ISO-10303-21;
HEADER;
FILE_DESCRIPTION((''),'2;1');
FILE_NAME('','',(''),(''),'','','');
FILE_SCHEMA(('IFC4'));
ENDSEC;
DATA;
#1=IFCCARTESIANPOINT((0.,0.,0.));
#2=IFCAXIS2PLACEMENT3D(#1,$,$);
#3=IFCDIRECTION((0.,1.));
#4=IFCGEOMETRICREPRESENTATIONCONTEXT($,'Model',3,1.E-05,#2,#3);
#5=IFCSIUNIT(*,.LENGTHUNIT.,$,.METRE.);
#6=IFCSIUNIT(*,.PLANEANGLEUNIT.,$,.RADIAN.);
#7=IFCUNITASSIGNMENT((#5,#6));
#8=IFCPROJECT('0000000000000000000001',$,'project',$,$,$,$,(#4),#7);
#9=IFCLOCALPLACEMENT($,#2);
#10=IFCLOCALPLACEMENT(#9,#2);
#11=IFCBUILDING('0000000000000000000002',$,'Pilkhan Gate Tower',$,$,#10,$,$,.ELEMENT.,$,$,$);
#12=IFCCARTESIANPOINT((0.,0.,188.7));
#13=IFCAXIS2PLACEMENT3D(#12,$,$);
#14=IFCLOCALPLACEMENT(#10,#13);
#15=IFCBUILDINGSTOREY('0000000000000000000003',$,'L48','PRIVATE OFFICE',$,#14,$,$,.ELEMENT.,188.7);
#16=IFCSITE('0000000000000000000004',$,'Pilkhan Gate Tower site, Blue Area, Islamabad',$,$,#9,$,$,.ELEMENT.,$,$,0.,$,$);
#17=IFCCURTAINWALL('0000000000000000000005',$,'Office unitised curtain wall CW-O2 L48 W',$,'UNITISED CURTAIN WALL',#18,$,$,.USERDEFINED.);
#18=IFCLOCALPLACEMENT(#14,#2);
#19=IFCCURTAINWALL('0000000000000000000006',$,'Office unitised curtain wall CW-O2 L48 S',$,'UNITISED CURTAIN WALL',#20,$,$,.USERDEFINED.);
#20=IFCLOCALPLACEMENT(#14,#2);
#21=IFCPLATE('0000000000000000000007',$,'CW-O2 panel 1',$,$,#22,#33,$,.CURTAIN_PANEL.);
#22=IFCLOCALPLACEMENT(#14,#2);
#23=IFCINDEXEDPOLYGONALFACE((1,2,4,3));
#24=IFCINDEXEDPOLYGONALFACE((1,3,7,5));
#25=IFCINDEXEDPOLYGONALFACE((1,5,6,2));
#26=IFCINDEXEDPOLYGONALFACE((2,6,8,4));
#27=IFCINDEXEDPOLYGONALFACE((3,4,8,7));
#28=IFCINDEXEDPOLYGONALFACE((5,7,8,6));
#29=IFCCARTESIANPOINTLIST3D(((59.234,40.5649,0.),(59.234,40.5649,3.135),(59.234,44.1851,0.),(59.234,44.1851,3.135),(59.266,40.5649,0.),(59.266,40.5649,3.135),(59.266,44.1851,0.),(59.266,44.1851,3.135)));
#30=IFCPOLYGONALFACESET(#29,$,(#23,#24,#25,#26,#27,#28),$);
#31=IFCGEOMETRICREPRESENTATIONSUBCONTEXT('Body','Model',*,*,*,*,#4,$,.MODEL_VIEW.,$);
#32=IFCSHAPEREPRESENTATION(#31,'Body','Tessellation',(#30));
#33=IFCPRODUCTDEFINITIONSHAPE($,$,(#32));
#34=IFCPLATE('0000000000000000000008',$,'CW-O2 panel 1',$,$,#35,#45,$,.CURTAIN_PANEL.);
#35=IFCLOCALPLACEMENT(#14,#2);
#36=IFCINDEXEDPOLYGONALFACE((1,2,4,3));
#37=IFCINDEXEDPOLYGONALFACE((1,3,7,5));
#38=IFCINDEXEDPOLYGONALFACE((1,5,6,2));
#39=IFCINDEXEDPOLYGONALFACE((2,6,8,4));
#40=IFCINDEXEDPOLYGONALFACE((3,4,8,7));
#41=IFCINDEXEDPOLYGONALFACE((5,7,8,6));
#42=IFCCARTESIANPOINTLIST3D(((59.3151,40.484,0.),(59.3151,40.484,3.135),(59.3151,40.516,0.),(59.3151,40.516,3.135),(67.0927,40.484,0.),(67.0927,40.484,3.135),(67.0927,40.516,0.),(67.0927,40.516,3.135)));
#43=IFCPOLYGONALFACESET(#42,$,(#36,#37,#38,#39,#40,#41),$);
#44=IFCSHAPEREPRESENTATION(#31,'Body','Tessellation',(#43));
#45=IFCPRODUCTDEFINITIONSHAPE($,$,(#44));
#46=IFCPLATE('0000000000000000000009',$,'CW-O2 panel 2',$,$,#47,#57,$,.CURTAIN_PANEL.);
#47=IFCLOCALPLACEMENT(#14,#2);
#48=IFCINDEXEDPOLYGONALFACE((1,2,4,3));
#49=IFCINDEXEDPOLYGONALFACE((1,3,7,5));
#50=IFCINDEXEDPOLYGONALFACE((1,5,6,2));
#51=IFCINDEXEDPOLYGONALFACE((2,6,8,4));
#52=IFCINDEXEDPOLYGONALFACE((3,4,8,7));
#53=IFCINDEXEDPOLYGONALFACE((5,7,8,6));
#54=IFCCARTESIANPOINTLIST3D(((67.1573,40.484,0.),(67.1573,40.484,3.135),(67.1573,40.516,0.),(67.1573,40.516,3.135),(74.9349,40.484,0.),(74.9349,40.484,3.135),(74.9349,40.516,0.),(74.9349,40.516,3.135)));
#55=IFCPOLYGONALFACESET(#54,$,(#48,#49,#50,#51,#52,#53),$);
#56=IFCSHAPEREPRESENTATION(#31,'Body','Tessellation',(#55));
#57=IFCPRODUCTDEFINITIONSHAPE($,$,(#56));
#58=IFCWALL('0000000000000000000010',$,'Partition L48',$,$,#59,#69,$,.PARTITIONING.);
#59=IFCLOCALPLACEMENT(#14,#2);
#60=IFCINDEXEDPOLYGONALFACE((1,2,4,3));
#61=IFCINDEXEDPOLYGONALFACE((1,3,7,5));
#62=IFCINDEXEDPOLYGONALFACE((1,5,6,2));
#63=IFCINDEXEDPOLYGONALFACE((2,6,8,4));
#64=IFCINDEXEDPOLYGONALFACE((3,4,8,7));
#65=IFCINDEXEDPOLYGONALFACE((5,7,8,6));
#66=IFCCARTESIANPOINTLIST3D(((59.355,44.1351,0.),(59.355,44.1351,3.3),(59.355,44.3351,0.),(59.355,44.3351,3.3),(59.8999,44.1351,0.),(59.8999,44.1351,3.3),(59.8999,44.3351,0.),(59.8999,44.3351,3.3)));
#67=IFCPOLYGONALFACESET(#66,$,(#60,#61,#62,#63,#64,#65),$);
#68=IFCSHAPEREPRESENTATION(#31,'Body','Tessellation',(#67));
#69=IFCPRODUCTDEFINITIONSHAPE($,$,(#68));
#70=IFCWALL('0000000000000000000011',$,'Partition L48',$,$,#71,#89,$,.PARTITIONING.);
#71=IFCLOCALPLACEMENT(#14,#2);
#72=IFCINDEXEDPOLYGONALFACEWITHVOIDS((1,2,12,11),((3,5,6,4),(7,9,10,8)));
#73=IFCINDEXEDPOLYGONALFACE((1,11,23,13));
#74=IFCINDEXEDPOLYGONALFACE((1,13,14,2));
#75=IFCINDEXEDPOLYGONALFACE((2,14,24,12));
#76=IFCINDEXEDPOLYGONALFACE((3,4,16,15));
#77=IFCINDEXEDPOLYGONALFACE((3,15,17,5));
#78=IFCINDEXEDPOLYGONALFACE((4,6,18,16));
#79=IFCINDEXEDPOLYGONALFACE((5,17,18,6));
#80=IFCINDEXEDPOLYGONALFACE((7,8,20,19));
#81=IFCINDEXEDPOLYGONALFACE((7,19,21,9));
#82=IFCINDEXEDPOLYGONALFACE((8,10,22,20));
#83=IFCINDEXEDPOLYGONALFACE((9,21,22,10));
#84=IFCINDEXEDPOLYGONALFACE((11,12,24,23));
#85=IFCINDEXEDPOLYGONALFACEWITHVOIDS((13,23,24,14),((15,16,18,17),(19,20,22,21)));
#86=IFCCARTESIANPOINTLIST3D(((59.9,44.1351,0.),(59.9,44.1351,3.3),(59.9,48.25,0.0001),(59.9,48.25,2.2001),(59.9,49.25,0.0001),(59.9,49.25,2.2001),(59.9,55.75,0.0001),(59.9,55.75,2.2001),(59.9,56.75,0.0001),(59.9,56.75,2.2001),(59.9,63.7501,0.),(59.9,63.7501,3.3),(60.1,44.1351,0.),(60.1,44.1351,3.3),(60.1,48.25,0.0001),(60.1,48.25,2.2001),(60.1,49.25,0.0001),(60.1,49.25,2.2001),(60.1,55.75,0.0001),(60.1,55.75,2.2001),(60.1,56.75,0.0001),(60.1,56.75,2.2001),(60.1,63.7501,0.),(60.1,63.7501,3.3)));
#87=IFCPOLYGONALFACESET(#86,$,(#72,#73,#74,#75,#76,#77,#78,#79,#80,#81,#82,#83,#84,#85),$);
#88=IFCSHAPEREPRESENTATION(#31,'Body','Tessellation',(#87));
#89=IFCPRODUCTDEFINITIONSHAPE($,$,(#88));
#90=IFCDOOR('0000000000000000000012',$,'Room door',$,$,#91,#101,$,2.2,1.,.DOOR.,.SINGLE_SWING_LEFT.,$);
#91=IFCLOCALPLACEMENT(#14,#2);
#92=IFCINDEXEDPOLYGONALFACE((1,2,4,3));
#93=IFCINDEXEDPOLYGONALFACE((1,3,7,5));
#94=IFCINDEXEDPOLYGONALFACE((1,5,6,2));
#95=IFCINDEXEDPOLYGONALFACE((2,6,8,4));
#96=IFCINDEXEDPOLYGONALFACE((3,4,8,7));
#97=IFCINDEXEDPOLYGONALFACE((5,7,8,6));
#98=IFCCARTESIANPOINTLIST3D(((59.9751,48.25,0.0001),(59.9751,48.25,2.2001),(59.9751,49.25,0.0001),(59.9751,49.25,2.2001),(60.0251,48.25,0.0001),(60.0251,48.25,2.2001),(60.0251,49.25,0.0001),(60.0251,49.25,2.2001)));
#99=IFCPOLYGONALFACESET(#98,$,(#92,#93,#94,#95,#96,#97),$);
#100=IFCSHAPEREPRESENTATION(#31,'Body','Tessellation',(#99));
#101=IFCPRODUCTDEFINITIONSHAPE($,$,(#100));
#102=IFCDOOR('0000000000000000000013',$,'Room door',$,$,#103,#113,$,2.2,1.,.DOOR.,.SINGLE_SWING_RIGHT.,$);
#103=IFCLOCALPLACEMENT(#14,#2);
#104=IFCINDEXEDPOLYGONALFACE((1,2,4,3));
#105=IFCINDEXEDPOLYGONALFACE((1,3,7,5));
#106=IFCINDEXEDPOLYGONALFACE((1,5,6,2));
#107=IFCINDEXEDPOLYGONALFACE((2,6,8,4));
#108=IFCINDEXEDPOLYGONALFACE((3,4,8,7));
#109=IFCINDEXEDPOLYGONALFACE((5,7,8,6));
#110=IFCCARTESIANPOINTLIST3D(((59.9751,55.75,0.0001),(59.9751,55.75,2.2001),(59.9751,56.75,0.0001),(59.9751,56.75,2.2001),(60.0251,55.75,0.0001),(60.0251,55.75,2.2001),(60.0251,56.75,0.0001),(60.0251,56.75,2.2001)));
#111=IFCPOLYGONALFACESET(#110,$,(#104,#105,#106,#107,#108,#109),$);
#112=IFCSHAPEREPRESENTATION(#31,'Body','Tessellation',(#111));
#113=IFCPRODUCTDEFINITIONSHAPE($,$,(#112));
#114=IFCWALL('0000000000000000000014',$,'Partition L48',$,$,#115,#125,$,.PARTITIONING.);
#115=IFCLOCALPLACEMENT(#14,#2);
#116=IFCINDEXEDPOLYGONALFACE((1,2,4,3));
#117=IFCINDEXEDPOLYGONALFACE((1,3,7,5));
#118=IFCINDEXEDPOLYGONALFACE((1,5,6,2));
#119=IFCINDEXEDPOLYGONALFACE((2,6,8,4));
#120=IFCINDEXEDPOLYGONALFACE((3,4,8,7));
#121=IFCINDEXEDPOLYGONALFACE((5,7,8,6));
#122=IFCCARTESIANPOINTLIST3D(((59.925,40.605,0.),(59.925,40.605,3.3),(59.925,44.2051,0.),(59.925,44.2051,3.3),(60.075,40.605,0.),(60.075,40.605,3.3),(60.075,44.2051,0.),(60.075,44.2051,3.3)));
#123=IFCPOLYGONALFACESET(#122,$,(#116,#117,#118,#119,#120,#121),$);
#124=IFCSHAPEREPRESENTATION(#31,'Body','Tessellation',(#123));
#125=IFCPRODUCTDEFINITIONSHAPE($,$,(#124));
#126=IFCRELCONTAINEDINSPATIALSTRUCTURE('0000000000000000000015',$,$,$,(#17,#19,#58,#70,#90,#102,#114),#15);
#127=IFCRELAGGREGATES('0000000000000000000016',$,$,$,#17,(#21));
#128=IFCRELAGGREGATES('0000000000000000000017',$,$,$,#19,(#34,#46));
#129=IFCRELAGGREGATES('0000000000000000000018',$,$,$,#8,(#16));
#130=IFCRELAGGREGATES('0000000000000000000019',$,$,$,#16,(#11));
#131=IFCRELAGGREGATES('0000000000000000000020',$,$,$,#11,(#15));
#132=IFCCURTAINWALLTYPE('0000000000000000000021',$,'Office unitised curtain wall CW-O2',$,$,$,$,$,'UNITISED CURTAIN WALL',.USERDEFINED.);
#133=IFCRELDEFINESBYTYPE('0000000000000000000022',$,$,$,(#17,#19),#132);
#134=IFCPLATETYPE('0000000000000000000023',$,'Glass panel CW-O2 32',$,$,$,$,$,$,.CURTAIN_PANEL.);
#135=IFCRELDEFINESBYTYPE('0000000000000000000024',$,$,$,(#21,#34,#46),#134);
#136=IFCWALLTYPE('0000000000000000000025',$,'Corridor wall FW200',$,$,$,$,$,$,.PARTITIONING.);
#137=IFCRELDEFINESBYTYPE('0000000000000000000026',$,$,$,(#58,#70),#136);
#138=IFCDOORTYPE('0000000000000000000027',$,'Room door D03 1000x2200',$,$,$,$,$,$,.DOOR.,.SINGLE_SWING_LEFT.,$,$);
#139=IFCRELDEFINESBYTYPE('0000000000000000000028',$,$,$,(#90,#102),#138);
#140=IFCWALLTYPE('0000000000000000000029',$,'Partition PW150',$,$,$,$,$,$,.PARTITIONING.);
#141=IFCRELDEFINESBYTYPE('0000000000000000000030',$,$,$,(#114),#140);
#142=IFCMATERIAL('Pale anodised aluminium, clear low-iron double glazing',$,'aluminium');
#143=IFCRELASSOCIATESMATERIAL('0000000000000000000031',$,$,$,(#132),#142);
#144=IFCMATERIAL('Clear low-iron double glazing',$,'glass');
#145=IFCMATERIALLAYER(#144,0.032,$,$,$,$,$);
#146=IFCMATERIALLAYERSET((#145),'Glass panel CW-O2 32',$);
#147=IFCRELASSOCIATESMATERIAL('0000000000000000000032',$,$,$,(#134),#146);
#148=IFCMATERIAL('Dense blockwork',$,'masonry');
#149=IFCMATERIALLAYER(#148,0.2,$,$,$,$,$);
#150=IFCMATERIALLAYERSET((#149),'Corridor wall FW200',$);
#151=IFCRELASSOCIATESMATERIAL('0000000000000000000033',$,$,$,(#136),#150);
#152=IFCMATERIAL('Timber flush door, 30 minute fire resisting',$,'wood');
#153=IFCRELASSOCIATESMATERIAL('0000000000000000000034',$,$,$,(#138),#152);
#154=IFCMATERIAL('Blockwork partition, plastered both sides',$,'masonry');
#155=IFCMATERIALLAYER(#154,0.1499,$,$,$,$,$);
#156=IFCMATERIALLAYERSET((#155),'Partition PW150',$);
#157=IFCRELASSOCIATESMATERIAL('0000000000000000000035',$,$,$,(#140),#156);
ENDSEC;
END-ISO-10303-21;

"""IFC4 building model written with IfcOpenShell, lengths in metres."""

from ifc_helpers import new_model, si_unit, direction, frame, frame_2d, origin, origin_2d, place, context, subcontext, project, spatial, rectangle, extrude, material, layer, layer_set, type_object, element, fill, aggregate, save


model = new_model("IFC4")

# Units and contexts
model_context = context("Model", 3, precision=1e-05, world=origin(), true_north=direction((0.0, 1.0)))
body_context = subcontext(model_context, "Body", "Model", "MODEL_VIEW")
ifc_project = project(units=[si_unit("LENGTHUNIT", "METRE"), si_unit("PLANEANGLEUNIT", "RADIAN")], contexts=[model_context])

# Site, building, storey
site_placement = place(None, origin())
site = spatial("IfcSite", under=ifc_project, at=site_placement, Name="Pilkhan Gate Tower site, Blue Area, Islamabad", CompositionType="ELEMENT", RefElevation=0.0)
building_placement = place(site_placement, origin())
building = spatial("IfcBuilding", under=site, at=building_placement, Name="Pilkhan Gate Tower", CompositionType="ELEMENT")
storey_placement = place(building_placement, frame((0.0, 0.0, 188.7)))
storey = spatial("IfcBuildingStorey", under=building, at=storey_placement, Name="L48", Description="PRIVATE OFFICE", CompositionType="ELEMENT", Elevation=188.7)

# Curtain walls
ifc_material_1 = material(Name="Pale anodised aluminium, clear low-iron double glazing", Category="aluminium")
curtain_wall_type = type_object("IfcCurtainWallType", Name="Office unitised curtain wall CW-O2", ElementType="UNITISED CURTAIN WALL", PredefinedType="USERDEFINED", material=ifc_material_1)
curtain_wall_1_placement = place(storey_placement, origin())
curtain_wall_1 = element("IfcCurtainWall", 1, at=curtain_wall_1_placement, inside=storey, type_object=curtain_wall_type, Name="Office unitised curtain wall CW-O2 L48 W", ObjectType="UNITISED CURTAIN WALL", PredefinedType="USERDEFINED")
curtain_wall_2_placement = place(storey_placement, origin())
curtain_wall_2 = element("IfcCurtainWall", 2, at=curtain_wall_2_placement, inside=storey, type_object=curtain_wall_type, Name="Office unitised curtain wall CW-O2 L48 S", ObjectType="UNITISED CURTAIN WALL", PredefinedType="USERDEFINED")

# Plates
ifc_material_2 = material(Name="Clear low-iron double glazing", Category="glass")
ifc_layer_1 = layer(ifc_material_2, 0.032)
ifc_layer_set_1 = layer_set([ifc_layer_1], Name="Glass panel CW-O2 32")
plate_type = type_object("IfcPlateType", Name="Glass panel CW-O2 32", PredefinedType="CURTAIN_PANEL", material=ifc_layer_set_1)
plate_1_placement = place(storey_placement, frame((59.25, 42.375, 0.0), z_axis=(0.0, 0.0, 1.0), x_axis=(0.0, 1.0, 0.0)))
plate_1 = element("IfcPlate", 3, at=plate_1_placement, type_object=plate_type, Name="CW-O2 panel 1", PredefinedType="CURTAIN_PANEL", context=body_context, shape_type="SweptSolid", body=[
    extrude(rectangle(XDim=3.6201, YDim=0.032, at=origin_2d()), origin(), (0.0, 0.0, 1.0), 3.135),
])
aggregate(curtain_wall_1, [plate_1])
plate_2_placement = place(storey_placement, frame((63.2039, 40.5, 0.0), z_axis=(0.0, 0.0, 1.0), x_axis=(1.0, 0.0, 0.0)))
plate_2 = element("IfcPlate", 4, at=plate_2_placement, type_object=plate_type, Name="CW-O2 panel 1", PredefinedType="CURTAIN_PANEL", context=body_context, shape_type="SweptSolid", body=[
    extrude(rectangle(XDim=7.7776, YDim=0.032, at=origin_2d()), origin(), (0.0, 0.0, 1.0), 3.135),
])
plate_3_placement = place(storey_placement, frame((71.0461, 40.5, 0.0), z_axis=(0.0, 0.0, 1.0), x_axis=(1.0, 0.0, 0.0)))
plate_3 = element("IfcPlate", 5, at=plate_3_placement, type_object=plate_type, Name="CW-O2 panel 2", PredefinedType="CURTAIN_PANEL", context=body_context, shape_type="SweptSolid", body=[
    extrude(rectangle(XDim=7.7776, YDim=0.032, at=origin_2d()), origin(), (0.0, 0.0, 1.0), 3.135),
])
aggregate(curtain_wall_2, [plate_2, plate_3])

# Wall
ifc_material_3 = material(Name="Dense blockwork", Category="masonry")
ifc_layer_2 = layer(ifc_material_3, 0.2)
ifc_layer_set_2 = layer_set([ifc_layer_2], Name="Corridor wall FW200")
wall_type_1 = type_object("IfcWallType", Name="Corridor wall FW200", PredefinedType="PARTITIONING", material=ifc_layer_set_2)
wall_1_placement = place(storey_placement, frame((59.355, 44.2351, 0.0), z_axis=(0.0, 0.0, 1.0), x_axis=(1.0, 0.0, 0.0)))
element("IfcWall", 6, at=wall_1_placement, inside=storey, type_object=wall_type_1, Name="Partition L48", PredefinedType="PARTITIONING", context=body_context, shape_type="SweptSolid", body=[
    extrude(rectangle(XDim=0.5449, YDim=0.2, at=frame_2d((0.2725, 0.0))), origin(), (0.0, 0.0, 1.0), 3.3),
])

# Wall, openings, doors
wall_2_placement = place(storey_placement, frame((60.0, 44.135, 0.0), z_axis=(0.0, 0.0, 1.0), x_axis=(0.0, 1.0, 0.0)))
wall_2 = element("IfcWall", 7, at=wall_2_placement, inside=storey, type_object=wall_type_1, Name="Partition L48", PredefinedType="PARTITIONING", context=body_context, shape_type="SweptSolid", body=[
    extrude(rectangle(XDim=19.615, YDim=0.2, at=frame_2d((9.8076, 0.0))), origin(), (0.0, 0.0, 1.0), 3.3),
])
opening_1_placement = place(wall_2_placement, frame((4.115, 0.0, 0.0)))
opening_1 = element("IfcOpeningElement", 8, at=opening_1_placement, cuts=wall_2, PredefinedType="OPENING", context=body_context, shape_type="SweptSolid", body=[
    extrude(rectangle(XDim=1.0, YDim=2.2, at=frame_2d((0.5, 1.1001))), frame((0.0, 0.1099, 0.0), z_axis=(0.0, -1.0, 0.0), x_axis=(1.0, 0.0, 0.0)), (0.0, 0.0, 1.0), 0.22),
])
opening_2_placement = place(wall_2_placement, frame((11.615, 0.0, 0.0)))
opening_2 = element("IfcOpeningElement", 9, at=opening_2_placement, cuts=wall_2, PredefinedType="OPENING", context=body_context, shape_type="SweptSolid", body=[
    extrude(rectangle(XDim=1.0, YDim=2.2, at=frame_2d((0.5, 1.1001))), frame((0.0, 0.1099, 0.0), z_axis=(0.0, -1.0, 0.0), x_axis=(1.0, 0.0, 0.0)), (0.0, 0.0, 1.0), 0.22),
])
ifc_material_4 = material(Name="Timber flush door, 30 minute fire resisting", Category="wood")
door_type = type_object("IfcDoorType", Name="Room door D03 1000x2200", OperationType="SINGLE_SWING_LEFT", PredefinedType="DOOR", material=ifc_material_4)
door_1_placement = place(opening_1_placement, origin())
door_1 = element("IfcDoor", 10, at=door_1_placement, inside=storey, type_object=door_type, Name="Room door", OperationType="SINGLE_SWING_LEFT", OverallHeight=2.2, OverallWidth=1.0, PredefinedType="DOOR", context=body_context, shape_type="SweptSolid", body=[
    extrude(rectangle(XDim=1.0, YDim=2.2, at=frame_2d((0.5, 1.1001))), frame((0.0, 0.0249, 0.0), z_axis=(0.0, -1.0, 0.0), x_axis=(1.0, 0.0, 0.0)), (0.0, 0.0, 1.0), 0.05),
])
fill(opening_1, door_1)
door_2_placement = place(opening_2_placement, origin())
door_2 = element("IfcDoor", 11, at=door_2_placement, inside=storey, type_object=door_type, Name="Room door", OperationType="SINGLE_SWING_RIGHT", OverallHeight=2.2, OverallWidth=1.0, PredefinedType="DOOR", context=body_context, shape_type="SweptSolid", body=[
    extrude(rectangle(XDim=1.0, YDim=2.2, at=frame_2d((0.5, 1.1001))), frame((0.0, 0.0249, 0.0), z_axis=(0.0, -1.0, 0.0), x_axis=(1.0, 0.0, 0.0)), (0.0, 0.0, 1.0), 0.05),
])
fill(opening_2, door_2)

# Wall
ifc_material_5 = material(Name="Blockwork partition, plastered both sides", Category="masonry")
ifc_layer_3 = layer(ifc_material_5, 0.1499)
ifc_layer_set_3 = layer_set([ifc_layer_3], Name="Partition PW150")
wall_type_2 = type_object("IfcWallType", Name="Partition PW150", PredefinedType="PARTITIONING", material=ifc_layer_set_3)
wall_3_placement = place(storey_placement, frame((60.0, 40.605, 0.0), z_axis=(0.0, 0.0, 1.0), x_axis=(0.0, 1.0, 0.0)))
element("IfcWall", 12, at=wall_3_placement, inside=storey, type_object=wall_type_2, Name="Partition L48", PredefinedType="PARTITIONING", context=body_context, shape_type="SweptSolid", body=[
    extrude(rectangle(XDim=3.6001, YDim=0.1499, at=frame_2d((1.8, 0.0))), origin(), (0.0, 0.0, 1.0), 3.3),
])

save(model, "model.ifc")
